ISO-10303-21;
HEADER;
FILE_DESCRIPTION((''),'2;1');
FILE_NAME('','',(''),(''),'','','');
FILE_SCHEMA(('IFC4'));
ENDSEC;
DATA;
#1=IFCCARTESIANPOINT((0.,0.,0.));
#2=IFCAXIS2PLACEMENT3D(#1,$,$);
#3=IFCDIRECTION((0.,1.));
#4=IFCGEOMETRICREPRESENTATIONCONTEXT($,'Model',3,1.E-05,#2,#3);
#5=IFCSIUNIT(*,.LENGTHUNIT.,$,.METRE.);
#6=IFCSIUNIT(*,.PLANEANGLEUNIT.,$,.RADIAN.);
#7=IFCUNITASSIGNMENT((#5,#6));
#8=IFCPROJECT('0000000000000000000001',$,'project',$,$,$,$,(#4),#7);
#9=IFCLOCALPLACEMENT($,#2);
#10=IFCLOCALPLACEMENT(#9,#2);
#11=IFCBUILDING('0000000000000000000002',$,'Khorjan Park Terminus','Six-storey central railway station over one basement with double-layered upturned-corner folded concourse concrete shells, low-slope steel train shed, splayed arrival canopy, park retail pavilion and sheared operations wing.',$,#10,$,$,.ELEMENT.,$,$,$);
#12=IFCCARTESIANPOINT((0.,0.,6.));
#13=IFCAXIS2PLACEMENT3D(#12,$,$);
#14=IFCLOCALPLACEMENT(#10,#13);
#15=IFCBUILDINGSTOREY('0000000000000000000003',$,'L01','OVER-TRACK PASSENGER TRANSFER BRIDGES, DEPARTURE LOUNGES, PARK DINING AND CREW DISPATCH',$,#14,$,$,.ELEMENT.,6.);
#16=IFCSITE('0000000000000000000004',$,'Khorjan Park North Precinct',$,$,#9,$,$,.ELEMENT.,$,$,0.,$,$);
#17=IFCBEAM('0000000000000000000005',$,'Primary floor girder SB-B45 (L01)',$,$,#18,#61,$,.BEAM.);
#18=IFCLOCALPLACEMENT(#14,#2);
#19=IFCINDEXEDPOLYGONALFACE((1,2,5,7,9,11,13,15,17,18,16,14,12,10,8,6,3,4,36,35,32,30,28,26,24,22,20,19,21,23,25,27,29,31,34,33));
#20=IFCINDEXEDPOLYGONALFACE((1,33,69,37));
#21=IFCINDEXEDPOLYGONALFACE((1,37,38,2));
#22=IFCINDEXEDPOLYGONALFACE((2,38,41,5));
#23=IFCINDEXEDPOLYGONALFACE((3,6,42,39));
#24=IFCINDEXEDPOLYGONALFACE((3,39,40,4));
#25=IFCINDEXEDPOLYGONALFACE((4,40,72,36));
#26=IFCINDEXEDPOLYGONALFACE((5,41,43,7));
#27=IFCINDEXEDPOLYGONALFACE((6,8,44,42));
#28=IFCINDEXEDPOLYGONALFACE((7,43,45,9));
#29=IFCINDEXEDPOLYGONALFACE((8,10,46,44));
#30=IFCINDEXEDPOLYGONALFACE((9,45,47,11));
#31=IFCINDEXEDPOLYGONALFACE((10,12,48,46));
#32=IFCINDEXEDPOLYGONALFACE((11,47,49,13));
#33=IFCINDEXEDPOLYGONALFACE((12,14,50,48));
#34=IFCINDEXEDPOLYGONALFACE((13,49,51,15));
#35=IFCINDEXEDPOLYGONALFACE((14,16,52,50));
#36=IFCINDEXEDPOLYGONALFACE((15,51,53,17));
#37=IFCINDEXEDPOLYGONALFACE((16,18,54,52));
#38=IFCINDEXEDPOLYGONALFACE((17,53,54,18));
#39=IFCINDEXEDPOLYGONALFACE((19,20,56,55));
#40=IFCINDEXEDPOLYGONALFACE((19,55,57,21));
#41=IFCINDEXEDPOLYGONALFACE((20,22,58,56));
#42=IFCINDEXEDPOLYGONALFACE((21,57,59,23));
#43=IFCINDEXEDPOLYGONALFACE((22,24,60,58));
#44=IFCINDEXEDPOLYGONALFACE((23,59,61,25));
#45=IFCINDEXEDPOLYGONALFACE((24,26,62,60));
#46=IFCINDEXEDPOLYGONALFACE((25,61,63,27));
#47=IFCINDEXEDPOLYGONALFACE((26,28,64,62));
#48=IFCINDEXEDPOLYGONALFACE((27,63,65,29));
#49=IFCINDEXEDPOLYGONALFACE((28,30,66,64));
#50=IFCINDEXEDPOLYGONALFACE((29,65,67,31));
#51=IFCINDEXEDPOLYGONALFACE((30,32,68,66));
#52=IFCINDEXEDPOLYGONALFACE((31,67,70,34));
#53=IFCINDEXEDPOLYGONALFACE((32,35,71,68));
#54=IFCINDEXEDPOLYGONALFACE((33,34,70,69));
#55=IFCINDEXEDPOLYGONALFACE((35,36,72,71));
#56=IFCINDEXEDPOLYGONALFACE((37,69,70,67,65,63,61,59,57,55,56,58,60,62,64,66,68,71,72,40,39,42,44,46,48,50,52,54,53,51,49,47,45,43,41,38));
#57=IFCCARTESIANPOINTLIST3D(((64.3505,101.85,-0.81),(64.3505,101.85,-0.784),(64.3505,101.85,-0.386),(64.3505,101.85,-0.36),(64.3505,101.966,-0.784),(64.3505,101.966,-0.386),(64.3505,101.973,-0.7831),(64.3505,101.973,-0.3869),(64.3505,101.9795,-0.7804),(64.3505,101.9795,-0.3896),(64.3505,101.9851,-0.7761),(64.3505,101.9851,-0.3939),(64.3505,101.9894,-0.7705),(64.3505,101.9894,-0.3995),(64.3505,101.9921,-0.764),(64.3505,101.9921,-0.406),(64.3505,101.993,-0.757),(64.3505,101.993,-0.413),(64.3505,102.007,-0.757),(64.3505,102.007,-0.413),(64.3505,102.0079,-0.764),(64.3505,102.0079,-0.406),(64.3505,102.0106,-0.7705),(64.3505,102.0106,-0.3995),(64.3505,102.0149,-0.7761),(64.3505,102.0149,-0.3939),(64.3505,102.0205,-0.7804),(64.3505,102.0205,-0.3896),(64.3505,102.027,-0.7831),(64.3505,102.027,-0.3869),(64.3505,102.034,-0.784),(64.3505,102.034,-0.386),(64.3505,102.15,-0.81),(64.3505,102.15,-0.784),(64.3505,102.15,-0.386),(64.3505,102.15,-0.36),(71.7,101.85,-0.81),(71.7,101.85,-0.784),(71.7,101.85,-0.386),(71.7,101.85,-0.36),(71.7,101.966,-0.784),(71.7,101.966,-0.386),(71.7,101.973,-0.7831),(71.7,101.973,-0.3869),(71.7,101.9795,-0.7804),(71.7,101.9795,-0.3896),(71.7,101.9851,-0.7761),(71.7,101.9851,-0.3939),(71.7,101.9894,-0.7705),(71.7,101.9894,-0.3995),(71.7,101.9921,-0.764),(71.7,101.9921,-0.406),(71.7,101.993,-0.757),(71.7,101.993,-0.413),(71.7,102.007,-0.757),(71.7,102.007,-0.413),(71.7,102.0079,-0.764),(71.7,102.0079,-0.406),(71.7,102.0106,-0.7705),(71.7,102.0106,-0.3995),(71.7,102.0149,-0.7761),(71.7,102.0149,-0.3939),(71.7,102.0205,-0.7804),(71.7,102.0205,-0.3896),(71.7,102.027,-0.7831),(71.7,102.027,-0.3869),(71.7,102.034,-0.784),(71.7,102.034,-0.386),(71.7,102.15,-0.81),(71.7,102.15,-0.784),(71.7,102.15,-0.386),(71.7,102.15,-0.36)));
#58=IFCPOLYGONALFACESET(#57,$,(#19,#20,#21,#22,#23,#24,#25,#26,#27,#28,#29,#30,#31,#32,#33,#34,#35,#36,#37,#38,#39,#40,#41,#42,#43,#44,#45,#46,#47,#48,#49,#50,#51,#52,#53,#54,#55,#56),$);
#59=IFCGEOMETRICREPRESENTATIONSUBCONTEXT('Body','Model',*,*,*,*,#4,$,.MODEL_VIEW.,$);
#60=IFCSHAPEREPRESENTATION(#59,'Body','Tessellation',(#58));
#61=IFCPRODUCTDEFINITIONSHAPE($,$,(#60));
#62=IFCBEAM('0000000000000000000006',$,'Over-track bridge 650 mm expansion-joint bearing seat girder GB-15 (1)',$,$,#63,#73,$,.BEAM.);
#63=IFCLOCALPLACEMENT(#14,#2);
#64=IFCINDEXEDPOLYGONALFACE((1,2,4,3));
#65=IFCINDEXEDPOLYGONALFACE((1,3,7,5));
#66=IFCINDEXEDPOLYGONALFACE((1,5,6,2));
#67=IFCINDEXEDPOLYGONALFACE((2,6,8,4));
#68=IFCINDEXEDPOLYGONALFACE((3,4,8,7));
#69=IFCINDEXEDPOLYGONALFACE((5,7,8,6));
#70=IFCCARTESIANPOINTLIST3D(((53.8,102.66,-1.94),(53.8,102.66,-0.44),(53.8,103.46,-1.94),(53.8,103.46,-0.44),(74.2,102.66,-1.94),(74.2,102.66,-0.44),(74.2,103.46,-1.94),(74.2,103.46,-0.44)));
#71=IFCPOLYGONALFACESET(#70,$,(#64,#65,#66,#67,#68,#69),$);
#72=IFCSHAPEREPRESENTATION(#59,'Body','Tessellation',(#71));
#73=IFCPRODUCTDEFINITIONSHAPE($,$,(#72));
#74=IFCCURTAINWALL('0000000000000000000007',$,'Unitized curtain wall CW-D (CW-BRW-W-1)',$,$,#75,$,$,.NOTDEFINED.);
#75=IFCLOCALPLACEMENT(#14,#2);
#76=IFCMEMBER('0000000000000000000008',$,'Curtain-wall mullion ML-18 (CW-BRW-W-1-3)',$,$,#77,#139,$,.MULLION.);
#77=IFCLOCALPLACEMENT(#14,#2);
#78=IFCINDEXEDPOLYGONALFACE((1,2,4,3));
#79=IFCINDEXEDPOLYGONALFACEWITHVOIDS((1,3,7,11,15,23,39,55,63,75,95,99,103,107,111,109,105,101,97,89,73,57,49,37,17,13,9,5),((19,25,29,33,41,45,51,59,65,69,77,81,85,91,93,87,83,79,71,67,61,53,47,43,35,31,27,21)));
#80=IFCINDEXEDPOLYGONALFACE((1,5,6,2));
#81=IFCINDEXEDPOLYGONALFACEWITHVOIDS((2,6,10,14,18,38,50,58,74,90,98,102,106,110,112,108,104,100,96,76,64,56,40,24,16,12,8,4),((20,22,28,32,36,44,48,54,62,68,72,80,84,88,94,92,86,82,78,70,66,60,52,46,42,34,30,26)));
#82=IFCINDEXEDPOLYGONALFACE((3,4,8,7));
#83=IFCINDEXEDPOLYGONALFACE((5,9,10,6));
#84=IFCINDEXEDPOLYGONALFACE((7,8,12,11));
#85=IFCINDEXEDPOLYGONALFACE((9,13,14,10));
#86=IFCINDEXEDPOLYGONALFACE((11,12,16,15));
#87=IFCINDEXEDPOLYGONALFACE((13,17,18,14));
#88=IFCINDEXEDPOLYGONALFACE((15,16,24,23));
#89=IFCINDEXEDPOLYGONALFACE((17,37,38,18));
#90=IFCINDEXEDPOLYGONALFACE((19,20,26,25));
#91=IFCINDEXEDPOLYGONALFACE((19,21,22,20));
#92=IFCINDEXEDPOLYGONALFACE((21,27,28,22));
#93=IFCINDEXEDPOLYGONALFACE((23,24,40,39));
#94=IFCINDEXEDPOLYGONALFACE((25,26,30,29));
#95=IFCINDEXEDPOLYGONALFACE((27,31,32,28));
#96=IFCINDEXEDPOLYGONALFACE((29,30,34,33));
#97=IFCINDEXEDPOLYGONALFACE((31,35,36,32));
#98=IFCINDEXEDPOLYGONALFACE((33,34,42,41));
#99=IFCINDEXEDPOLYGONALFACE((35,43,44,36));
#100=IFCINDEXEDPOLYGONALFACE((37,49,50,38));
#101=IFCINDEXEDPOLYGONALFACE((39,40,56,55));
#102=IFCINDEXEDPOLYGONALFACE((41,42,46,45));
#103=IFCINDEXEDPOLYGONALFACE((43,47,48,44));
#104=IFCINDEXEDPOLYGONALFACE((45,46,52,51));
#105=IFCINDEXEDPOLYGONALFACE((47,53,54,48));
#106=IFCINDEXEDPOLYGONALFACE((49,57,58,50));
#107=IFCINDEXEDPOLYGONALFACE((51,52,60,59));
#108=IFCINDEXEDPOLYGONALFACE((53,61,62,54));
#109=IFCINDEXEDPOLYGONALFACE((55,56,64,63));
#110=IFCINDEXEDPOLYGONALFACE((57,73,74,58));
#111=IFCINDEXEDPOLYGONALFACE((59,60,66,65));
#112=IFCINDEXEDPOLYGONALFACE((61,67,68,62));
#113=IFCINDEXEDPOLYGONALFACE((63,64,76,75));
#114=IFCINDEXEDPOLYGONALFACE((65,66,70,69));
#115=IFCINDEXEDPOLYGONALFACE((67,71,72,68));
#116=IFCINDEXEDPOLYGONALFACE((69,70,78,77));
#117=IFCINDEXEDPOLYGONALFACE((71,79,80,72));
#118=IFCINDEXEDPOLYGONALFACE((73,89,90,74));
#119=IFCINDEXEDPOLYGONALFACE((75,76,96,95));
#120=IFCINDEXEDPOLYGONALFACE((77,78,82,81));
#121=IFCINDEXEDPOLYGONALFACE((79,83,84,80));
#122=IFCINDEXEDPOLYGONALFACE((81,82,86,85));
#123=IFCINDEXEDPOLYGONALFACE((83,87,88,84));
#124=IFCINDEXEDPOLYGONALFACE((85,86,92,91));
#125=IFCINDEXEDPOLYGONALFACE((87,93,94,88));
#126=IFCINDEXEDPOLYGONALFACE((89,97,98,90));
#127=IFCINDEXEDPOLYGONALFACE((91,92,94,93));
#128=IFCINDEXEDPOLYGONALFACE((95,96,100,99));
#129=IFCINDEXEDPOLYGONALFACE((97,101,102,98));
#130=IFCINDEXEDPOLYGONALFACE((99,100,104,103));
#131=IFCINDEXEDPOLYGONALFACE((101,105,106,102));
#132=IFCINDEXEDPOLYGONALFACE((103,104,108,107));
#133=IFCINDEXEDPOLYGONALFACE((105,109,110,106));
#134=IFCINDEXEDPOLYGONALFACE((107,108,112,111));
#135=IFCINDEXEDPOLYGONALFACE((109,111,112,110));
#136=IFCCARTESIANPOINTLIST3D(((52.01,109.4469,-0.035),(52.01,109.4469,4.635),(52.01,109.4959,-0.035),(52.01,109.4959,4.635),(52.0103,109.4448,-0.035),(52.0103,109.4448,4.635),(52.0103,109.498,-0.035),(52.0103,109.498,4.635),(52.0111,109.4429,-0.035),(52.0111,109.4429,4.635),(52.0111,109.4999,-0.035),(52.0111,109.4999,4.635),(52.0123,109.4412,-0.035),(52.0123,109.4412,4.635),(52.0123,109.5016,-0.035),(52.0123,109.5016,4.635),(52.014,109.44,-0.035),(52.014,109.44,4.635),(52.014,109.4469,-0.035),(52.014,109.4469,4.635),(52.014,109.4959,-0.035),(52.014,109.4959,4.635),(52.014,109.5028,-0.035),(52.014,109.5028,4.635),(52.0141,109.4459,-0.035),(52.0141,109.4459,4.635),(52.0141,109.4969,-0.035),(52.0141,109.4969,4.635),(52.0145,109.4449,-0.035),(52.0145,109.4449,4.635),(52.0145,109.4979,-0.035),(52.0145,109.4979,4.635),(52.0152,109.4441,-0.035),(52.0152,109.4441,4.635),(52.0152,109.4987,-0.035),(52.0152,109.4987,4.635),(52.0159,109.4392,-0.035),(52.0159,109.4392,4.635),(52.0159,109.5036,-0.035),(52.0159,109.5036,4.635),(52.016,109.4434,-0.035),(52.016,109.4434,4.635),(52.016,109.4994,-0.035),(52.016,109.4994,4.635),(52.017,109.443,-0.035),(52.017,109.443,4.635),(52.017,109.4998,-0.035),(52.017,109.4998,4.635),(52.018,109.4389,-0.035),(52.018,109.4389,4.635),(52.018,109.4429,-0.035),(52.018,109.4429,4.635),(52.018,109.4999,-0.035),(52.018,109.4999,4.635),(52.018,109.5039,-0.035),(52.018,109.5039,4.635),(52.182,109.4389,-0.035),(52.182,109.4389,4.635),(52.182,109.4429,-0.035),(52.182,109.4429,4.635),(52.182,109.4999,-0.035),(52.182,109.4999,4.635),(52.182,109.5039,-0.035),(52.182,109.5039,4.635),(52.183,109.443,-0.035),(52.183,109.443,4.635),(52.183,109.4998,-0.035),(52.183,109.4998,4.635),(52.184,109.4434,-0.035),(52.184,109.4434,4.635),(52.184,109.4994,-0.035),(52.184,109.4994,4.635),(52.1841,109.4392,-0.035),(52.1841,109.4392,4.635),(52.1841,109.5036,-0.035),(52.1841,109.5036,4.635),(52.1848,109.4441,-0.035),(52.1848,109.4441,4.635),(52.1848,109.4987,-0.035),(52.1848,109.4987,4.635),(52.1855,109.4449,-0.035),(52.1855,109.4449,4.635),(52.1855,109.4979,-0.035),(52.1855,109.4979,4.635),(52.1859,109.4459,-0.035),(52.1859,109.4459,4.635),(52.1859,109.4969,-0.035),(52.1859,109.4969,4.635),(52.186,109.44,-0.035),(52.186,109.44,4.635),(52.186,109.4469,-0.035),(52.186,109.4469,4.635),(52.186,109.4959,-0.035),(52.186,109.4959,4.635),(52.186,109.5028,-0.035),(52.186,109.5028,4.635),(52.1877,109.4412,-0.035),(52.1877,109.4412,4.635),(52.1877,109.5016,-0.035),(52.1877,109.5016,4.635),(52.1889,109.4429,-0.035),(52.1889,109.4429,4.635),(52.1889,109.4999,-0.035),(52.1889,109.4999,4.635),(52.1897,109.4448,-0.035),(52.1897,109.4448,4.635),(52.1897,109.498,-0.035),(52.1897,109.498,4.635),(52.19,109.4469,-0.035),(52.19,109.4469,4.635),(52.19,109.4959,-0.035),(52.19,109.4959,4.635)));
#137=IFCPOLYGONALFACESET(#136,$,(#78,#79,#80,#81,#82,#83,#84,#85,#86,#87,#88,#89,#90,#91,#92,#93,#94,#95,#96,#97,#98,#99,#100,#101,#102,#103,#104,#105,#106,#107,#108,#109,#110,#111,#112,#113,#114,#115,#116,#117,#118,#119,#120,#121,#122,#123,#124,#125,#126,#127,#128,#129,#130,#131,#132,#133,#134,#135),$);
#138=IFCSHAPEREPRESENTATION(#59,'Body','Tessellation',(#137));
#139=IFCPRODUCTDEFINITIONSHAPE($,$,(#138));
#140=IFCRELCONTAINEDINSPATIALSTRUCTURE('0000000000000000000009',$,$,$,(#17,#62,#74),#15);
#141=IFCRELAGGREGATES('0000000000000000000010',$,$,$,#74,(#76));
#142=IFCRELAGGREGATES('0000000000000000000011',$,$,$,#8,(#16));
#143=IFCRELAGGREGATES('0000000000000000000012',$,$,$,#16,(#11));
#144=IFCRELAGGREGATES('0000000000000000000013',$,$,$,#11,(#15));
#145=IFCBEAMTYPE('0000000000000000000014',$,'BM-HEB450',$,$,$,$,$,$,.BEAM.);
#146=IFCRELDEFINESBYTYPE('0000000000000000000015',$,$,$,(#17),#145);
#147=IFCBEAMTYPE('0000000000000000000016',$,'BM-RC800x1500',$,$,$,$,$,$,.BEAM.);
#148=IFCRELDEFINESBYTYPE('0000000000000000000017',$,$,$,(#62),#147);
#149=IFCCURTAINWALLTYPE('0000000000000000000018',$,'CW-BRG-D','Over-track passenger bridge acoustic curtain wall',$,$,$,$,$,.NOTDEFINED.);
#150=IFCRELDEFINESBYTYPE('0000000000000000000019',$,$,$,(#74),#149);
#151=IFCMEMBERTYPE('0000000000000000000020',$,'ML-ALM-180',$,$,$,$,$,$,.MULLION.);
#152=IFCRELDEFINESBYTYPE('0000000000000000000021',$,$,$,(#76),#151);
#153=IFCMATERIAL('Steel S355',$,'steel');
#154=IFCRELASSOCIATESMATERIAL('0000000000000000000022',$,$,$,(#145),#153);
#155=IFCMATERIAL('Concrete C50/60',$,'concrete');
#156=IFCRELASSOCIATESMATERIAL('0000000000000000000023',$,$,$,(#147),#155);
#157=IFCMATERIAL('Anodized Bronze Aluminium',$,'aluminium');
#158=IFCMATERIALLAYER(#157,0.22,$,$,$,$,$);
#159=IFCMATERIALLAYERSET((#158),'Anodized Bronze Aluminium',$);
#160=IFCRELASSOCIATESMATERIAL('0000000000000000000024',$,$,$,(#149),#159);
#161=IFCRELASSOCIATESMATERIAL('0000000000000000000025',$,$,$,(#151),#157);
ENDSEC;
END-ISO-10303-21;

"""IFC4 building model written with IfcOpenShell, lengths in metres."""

from ifc_helpers import new_model, si_unit, direction, frame, origin, origin_2d, place, context, subcontext, project, spatial, rectangle, hollow_rectangle, i_section, extrude, material, layer, layer_set, material_profile, profile_set, type_object, element, aggregate, save


model = new_model("IFC4")

# Units and contexts
model_context = context("Model", 3, precision=1e-05, world=origin(), true_north=direction((0.0, 1.0)))
body_context = subcontext(model_context, "Body", "Model", "MODEL_VIEW")
ifc_project = project(units=[si_unit("LENGTHUNIT", "METRE"), si_unit("PLANEANGLEUNIT", "RADIAN")], contexts=[model_context])

# Site, building, storey
site_placement = place(None, origin())
site = spatial("IfcSite", under=ifc_project, at=site_placement, Name="Khorjan Park North Precinct", CompositionType="ELEMENT", RefElevation=0.0)
building_placement = place(site_placement, origin())
building = spatial("IfcBuilding", under=site, at=building_placement, Name="Khorjan Park Terminus", Description="Six-storey central railway station over one basement with double-layered upturned-corner folded concourse concrete shells, low-slope steel train shed, splayed arrival canopy, park retail pavilion and sheared operations wing.", CompositionType="ELEMENT")
storey_placement = place(building_placement, frame((0.0, 0.0, 6.0)))
storey = spatial("IfcBuildingStorey", under=building, at=storey_placement, Name="L01", Description="OVER-TRACK PASSENGER TRANSFER BRIDGES, DEPARTURE LOUNGES, PARK DINING AND CREW DISPATCH", CompositionType="ELEMENT", Elevation=6.0)

# Shared definitions
ifc_material_1 = material(Name="Steel S355", Category="steel")

# Beams
ifc_material_profile_1 = material_profile(ifc_material_1, i_section(OverallWidth=0.3, OverallDepth=0.45, WebThickness=0.014, FlangeThickness=0.026, FilletRadius=0.027, at=origin_2d()), Name="HEB 450")
ifc_profile_set_1 = profile_set([ifc_material_profile_1], Name="Steel S355")
beam_type_1 = type_object("IfcBeamType", Name="BM-HEB450", PredefinedType="BEAM", material=ifc_profile_set_1)
beam_1_placement = place(storey_placement, frame((64.3505, 102.0, -0.585), z_axis=(1.0, 0.0, 0.0), x_axis=(0.0, 1.0, 0.0)))
element("IfcBeam", 1, at=beam_1_placement, inside=storey, type_object=beam_type_1, Name="Primary floor girder SB-B45 (L01)", PredefinedType="BEAM", context=body_context, shape_type="SweptSolid", body=[
    extrude(i_section(OverallWidth=0.3, OverallDepth=0.45, WebThickness=0.014, FlangeThickness=0.026, FilletRadius=0.027, at=origin_2d()), origin(), (0.0, 0.0, 1.0), 7.3495),
])
ifc_material_2 = material(Name="Concrete C50/60", Category="concrete")
ifc_material_profile_2 = material_profile(ifc_material_2, rectangle(XDim=0.8, YDim=1.5, at=origin_2d()), Name="RC 800x1500")
ifc_profile_set_2 = profile_set([ifc_material_profile_2], Name="Concrete C50/60")
beam_type_2 = type_object("IfcBeamType", Name="BM-RC800x1500", PredefinedType="BEAM", material=ifc_profile_set_2)
beam_2_placement = place(storey_placement, frame((53.8, 103.06, -1.19), z_axis=(1.0, 0.0, 0.0), x_axis=(0.0, 1.0, 0.0)))
element("IfcBeam", 2, at=beam_2_placement, inside=storey, type_object=beam_type_2, Name="Over-track bridge 650 mm expansion-joint bearing seat girder GB-15 (1)", PredefinedType="BEAM", context=body_context, shape_type="SweptSolid", body=[
    extrude(rectangle(XDim=0.8, YDim=1.5, at=origin_2d()), origin(), (0.0, 0.0, 1.0), 20.4),
])

# Curtain wall, member
ifc_material_3 = material(Name="Anodized Bronze Aluminium", Category="aluminium")
ifc_layer_1 = layer(ifc_material_3, 0.22)
ifc_layer_set_1 = layer_set([ifc_layer_1], Name="Anodized Bronze Aluminium")
curtain_wall_type = type_object("IfcCurtainWallType", Name="CW-BRG-D", Description="Over-track passenger bridge acoustic curtain wall", PredefinedType="NOTDEFINED", material=ifc_layer_set_1)
curtain_wall_placement = place(storey_placement, origin())
curtain_wall = element("IfcCurtainWall", 3, at=curtain_wall_placement, inside=storey, type_object=curtain_wall_type, Name="Unitized curtain wall CW-D (CW-BRW-W-1)", PredefinedType="NOTDEFINED")
ifc_material_profile_3 = material_profile(ifc_material_3, hollow_rectangle(XDim=0.065, YDim=0.18, WallThickness=0.004, InnerFilletRadius=0.004, OuterFilletRadius=0.008, at=origin_2d()), Name="ALM 65x180x4")
ifc_profile_set_3 = profile_set([ifc_material_profile_3], Name="Anodized Bronze Aluminium")
member_type_1 = type_object("IfcMemberType", Name="ML-ALM-180", PredefinedType="MULLION", material=ifc_profile_set_3)
member_1_placement = place(storey_placement, frame((52.1, 109.4714, -0.035), z_axis=(0.0, 0.0, 1.0), x_axis=(0.0, -1.0, 0.0)))
member_1 = element("IfcMember", 4, at=member_1_placement, type_object=member_type_1, Name="Curtain-wall mullion ML-18 (CW-BRW-W-1-3)", PredefinedType="MULLION", context=body_context, shape_type="SweptSolid", body=[
    extrude(hollow_rectangle(XDim=0.065, YDim=0.18, WallThickness=0.004, InnerFilletRadius=0.004, OuterFilletRadius=0.008, at=origin_2d()), origin(), (0.0, 0.0, 1.0), 4.67),
])
aggregate(curtain_wall, [member_1])

save(model, "model.ifc")
